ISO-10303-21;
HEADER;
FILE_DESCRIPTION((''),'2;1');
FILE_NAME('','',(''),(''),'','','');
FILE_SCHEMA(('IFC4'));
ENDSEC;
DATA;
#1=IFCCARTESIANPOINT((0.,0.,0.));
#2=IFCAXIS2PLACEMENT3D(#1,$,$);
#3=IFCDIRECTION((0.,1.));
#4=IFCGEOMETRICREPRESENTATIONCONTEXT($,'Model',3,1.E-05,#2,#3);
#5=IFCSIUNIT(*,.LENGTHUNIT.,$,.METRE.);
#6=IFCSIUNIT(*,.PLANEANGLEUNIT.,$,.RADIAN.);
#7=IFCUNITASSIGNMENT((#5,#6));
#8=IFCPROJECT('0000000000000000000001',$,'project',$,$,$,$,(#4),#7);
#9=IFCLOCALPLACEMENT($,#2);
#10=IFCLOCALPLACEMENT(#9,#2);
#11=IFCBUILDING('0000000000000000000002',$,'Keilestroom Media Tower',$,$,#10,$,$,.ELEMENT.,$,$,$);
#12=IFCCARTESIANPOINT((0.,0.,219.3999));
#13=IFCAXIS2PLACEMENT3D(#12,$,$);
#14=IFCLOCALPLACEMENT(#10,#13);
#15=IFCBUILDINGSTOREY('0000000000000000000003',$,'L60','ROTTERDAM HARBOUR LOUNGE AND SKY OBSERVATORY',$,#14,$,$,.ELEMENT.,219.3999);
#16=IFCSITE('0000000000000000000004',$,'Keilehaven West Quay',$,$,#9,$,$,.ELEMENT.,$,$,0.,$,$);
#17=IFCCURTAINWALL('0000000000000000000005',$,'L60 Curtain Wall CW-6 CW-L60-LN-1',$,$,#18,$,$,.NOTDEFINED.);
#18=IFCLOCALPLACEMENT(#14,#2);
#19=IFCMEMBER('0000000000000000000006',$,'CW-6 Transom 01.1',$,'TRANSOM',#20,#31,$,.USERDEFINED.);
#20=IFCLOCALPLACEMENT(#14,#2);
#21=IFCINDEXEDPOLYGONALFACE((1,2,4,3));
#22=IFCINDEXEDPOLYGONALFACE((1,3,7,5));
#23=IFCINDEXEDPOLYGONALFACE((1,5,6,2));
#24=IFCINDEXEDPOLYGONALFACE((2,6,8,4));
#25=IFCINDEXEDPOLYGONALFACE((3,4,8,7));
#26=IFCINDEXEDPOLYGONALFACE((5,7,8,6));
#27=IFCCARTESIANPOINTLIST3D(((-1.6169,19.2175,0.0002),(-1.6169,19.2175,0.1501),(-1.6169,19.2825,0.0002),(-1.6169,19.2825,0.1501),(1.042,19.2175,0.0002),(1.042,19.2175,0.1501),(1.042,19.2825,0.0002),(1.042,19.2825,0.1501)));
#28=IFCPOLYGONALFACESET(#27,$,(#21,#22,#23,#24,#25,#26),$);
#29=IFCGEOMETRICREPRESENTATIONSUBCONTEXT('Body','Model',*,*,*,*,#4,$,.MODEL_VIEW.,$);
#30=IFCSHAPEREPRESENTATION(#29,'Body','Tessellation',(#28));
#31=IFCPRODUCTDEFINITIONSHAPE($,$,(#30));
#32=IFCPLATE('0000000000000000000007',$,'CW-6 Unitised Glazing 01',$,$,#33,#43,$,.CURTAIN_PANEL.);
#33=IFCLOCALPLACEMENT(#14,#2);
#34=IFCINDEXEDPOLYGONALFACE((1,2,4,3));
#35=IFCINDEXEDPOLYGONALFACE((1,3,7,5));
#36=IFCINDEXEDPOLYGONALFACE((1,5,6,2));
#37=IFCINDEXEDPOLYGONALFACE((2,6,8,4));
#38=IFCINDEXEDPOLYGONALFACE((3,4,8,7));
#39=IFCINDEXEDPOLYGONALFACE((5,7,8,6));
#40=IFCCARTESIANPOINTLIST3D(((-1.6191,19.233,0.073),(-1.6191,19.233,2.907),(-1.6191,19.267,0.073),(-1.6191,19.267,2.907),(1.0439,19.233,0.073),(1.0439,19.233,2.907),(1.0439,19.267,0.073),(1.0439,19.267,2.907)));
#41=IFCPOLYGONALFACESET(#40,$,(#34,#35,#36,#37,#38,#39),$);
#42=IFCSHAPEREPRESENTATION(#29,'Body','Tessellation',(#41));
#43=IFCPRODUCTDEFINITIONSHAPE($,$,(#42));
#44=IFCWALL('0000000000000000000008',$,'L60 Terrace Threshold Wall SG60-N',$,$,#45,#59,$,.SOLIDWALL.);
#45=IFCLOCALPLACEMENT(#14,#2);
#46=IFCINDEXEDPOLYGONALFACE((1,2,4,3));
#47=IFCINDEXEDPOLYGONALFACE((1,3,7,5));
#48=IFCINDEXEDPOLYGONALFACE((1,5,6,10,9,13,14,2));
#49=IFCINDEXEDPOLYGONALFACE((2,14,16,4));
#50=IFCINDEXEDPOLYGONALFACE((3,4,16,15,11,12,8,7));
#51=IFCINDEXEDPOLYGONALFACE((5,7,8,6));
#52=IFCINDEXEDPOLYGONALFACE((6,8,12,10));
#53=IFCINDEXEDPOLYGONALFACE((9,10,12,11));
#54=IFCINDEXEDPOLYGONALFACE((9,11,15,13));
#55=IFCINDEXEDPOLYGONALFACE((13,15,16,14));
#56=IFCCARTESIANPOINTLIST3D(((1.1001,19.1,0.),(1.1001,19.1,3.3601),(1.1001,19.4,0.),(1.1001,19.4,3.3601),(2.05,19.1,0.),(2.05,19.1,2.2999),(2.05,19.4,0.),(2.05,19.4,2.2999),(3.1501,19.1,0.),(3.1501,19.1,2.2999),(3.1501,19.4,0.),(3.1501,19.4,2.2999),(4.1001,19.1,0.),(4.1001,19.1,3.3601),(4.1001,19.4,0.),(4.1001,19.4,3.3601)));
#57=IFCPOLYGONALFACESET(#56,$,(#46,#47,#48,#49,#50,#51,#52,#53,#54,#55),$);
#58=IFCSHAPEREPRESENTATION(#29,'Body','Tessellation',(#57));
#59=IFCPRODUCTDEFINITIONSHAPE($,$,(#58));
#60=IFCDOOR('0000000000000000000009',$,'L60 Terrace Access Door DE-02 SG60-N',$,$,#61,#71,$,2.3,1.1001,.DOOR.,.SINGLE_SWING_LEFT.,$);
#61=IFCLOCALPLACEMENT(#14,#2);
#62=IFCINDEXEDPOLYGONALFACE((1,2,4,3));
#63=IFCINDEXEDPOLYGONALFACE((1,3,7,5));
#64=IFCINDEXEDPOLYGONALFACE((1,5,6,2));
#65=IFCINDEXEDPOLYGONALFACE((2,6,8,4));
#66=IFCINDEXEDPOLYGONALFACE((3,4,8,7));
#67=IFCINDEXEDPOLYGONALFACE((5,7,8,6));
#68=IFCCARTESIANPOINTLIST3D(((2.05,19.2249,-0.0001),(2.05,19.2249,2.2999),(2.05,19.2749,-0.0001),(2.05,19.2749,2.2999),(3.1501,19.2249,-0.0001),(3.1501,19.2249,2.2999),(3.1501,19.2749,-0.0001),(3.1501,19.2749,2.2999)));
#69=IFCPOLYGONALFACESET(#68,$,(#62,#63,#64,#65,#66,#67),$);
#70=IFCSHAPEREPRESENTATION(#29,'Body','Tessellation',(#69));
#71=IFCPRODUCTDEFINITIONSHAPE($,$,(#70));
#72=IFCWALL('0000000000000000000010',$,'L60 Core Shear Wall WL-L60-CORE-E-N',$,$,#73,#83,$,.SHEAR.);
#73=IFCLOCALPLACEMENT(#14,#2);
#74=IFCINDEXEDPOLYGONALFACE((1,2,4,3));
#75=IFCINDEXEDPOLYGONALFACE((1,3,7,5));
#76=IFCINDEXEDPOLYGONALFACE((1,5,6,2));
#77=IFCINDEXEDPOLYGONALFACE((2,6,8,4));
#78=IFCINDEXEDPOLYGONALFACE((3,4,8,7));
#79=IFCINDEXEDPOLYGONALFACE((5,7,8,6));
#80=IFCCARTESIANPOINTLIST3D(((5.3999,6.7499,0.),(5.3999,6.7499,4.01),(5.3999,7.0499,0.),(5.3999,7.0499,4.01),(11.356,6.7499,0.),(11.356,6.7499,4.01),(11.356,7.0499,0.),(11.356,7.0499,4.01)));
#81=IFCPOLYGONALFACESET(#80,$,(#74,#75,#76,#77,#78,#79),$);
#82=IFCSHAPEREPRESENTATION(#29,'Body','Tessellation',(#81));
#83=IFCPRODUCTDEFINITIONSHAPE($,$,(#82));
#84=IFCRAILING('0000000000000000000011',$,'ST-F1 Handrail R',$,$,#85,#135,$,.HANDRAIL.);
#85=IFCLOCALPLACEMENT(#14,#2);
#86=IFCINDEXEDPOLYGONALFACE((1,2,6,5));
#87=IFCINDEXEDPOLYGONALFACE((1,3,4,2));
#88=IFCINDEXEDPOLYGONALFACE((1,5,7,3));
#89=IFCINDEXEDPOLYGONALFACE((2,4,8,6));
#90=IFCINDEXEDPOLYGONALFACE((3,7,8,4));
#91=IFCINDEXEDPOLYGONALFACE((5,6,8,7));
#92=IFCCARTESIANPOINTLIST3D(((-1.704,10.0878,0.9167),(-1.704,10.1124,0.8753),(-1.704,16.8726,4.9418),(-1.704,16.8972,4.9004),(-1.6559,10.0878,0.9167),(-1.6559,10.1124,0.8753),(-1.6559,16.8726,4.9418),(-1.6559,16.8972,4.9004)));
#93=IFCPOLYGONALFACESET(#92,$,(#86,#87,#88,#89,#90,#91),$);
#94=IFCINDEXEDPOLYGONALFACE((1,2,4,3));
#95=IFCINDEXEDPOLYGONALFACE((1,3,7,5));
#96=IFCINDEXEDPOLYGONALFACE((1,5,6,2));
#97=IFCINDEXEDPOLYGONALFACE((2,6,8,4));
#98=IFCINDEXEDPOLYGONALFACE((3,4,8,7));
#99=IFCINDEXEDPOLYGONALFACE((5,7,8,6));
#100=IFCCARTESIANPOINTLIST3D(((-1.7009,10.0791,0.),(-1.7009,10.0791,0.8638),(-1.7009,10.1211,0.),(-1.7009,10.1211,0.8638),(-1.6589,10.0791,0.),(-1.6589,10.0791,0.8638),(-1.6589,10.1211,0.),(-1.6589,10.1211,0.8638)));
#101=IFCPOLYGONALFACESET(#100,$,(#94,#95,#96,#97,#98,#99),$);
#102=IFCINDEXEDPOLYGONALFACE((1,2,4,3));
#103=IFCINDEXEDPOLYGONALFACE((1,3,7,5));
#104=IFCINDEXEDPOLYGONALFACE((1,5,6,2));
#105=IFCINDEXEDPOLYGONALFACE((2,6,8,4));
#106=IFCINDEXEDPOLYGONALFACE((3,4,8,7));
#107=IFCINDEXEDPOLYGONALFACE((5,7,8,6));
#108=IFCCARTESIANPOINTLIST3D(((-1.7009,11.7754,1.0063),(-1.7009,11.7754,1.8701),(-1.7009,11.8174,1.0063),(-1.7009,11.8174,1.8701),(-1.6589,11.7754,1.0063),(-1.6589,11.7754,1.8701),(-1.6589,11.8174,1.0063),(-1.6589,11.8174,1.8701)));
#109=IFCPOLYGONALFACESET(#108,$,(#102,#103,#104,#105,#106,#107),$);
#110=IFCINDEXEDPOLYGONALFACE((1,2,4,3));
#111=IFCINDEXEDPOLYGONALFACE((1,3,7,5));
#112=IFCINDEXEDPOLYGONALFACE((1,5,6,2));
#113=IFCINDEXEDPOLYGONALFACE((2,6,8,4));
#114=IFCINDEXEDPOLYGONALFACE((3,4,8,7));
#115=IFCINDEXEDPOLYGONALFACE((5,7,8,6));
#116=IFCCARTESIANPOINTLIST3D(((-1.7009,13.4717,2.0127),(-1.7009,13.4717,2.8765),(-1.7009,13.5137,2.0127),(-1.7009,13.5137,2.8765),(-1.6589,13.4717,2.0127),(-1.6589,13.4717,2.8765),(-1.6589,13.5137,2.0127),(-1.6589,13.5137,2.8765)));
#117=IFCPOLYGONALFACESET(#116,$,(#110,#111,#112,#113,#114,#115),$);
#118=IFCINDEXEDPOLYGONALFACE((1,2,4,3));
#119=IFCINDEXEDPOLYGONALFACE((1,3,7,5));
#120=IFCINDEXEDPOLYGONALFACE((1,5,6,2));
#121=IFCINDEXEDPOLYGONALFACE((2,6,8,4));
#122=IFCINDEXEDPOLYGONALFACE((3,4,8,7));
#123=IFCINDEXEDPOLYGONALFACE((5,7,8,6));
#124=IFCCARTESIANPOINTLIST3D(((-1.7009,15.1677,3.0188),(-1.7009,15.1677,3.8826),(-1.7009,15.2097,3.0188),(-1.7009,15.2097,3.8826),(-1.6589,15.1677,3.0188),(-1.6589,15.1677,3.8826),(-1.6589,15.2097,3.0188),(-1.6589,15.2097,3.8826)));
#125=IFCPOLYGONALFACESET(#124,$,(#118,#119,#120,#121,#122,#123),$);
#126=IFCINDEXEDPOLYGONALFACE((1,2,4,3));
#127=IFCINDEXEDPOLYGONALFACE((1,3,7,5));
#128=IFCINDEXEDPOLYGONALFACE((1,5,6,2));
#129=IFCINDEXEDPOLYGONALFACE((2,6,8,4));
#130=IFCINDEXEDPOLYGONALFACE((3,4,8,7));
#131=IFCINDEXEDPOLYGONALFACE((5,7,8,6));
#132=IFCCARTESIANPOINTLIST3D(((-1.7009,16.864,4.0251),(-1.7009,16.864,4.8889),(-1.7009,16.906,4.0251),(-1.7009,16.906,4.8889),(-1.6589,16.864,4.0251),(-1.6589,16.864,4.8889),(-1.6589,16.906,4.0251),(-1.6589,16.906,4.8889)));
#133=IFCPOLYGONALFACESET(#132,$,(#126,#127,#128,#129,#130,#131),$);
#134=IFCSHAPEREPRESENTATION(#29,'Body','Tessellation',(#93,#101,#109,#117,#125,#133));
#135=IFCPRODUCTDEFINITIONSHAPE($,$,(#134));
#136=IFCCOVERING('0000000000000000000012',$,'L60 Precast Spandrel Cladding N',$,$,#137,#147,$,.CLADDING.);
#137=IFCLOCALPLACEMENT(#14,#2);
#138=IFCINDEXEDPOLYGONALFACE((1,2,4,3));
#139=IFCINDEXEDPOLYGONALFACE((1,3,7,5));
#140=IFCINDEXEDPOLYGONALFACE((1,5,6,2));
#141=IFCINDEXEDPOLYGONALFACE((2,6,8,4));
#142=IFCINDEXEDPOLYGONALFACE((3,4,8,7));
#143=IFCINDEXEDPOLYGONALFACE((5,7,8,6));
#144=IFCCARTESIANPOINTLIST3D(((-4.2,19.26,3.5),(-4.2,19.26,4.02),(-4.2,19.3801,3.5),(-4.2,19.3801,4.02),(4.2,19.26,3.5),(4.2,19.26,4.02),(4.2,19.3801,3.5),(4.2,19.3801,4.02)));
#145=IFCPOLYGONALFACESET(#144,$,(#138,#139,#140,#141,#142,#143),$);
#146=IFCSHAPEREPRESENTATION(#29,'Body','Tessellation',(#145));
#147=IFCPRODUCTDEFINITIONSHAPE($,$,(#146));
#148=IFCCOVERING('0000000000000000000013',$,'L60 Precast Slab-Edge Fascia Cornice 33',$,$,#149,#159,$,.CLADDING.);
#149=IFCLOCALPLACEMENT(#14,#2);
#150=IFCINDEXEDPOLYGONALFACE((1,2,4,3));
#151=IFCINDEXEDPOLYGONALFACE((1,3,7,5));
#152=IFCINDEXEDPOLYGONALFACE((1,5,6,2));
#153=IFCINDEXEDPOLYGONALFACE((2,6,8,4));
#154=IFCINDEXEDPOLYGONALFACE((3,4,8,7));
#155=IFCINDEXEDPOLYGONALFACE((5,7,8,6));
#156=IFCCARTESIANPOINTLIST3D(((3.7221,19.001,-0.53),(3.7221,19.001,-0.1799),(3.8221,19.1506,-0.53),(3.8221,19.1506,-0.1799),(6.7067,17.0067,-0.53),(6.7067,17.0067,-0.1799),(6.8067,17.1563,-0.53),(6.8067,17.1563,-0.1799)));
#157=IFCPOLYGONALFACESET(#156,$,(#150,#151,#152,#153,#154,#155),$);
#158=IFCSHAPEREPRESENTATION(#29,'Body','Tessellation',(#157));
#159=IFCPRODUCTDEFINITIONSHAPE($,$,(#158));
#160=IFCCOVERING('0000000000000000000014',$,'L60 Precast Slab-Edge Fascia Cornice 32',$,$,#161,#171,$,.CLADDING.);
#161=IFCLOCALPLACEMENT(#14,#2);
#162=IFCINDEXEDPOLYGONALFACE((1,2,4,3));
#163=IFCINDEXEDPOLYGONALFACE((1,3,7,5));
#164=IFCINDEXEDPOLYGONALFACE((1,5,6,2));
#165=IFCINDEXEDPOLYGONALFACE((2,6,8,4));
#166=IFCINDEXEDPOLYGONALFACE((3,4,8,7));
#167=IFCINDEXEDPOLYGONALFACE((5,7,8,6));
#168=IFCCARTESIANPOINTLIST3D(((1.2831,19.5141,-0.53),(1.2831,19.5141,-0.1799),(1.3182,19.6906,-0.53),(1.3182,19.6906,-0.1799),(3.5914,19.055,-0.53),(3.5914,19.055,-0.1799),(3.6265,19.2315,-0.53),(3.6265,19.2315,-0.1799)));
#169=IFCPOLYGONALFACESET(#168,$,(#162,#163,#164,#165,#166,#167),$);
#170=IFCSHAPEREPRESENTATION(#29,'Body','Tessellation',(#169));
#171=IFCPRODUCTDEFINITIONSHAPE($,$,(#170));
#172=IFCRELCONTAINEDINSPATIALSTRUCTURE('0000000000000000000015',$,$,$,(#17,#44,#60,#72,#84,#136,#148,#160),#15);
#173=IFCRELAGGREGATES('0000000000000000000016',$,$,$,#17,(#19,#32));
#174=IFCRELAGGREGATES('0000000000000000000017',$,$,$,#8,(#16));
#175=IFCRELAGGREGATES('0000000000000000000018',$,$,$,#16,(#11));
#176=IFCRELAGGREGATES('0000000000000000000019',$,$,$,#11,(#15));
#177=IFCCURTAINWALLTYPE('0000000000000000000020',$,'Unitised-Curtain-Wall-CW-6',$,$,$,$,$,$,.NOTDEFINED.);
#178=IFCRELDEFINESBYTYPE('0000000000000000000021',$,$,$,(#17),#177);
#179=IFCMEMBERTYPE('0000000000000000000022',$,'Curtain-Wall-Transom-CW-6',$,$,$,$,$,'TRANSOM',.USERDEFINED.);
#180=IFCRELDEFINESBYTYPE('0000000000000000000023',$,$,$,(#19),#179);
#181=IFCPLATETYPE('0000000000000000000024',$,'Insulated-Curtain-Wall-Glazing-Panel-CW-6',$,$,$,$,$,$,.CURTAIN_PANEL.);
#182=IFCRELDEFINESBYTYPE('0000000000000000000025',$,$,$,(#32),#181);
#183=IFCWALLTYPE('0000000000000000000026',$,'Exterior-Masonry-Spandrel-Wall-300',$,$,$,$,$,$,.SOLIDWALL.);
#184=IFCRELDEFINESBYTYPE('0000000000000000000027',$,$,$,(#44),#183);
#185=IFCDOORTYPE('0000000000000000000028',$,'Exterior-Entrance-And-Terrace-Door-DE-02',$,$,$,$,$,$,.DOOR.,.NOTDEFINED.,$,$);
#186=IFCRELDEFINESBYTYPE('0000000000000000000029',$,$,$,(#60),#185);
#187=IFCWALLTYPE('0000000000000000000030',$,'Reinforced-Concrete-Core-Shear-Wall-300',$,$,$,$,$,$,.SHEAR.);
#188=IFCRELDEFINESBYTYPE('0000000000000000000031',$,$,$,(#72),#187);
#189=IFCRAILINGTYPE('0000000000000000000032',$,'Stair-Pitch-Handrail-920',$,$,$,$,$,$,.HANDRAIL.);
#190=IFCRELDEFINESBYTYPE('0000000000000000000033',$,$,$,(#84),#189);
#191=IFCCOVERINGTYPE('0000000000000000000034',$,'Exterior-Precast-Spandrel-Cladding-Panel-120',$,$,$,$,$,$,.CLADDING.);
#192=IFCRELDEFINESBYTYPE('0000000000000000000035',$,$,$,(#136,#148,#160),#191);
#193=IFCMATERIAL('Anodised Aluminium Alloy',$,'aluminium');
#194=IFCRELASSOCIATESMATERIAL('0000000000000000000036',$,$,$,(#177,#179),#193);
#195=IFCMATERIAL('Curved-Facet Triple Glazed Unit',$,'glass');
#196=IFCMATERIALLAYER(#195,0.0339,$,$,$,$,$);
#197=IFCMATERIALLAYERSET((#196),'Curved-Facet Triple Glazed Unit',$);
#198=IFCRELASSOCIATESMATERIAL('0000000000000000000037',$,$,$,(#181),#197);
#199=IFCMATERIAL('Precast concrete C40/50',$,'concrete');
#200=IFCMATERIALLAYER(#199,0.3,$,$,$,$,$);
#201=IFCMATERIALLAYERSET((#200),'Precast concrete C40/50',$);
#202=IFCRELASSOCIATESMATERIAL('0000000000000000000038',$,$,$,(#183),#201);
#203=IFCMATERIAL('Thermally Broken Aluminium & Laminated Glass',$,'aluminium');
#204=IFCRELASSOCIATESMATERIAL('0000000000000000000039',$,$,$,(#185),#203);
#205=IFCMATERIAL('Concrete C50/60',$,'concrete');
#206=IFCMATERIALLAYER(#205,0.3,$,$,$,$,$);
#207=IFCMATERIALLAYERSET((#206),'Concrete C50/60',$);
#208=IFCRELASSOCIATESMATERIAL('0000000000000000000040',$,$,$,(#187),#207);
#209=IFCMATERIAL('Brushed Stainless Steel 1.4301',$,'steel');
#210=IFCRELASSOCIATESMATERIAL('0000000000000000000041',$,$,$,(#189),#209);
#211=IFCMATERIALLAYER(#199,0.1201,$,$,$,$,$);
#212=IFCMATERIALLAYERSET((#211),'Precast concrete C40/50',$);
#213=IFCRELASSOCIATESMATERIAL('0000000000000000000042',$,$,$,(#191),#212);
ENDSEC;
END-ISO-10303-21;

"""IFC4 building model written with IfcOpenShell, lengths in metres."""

from ifc_helpers import new_model, si_unit, direction, frame, frame_2d, origin, origin_2d, place, context, subcontext, project, spatial, rectangle, extrude, source, transform, mapped, material, layer, layer_set, material_profile, profile_set, type_object, element, fill, aggregate, save


model = new_model("IFC4")

# Units and contexts
model_context = context("Model", 3, precision=1e-05, world=origin(), true_north=direction((0.0, 1.0)))
body_context = subcontext(model_context, "Body", "Model", "MODEL_VIEW")
ifc_project = project(units=[si_unit("LENGTHUNIT", "METRE"), si_unit("PLANEANGLEUNIT", "RADIAN")], contexts=[model_context])

# Site, building, storey
site_placement = place(None, origin())
site = spatial("IfcSite", under=ifc_project, at=site_placement, Name="Keilehaven West Quay", CompositionType="ELEMENT", RefElevation=0.0)
building_placement = place(site_placement, origin())
building = spatial("IfcBuilding", under=site, at=building_placement, Name="Keilestroom Media Tower", CompositionType="ELEMENT")
storey_placement = place(building_placement, frame((0.0, 0.0, 219.3999)))
storey = spatial("IfcBuildingStorey", under=building, at=storey_placement, Name="L60", Description="ROTTERDAM HARBOUR LOUNGE AND SKY OBSERVATORY", CompositionType="ELEMENT", Elevation=219.3999)

# Shared definitions
ifc_material_1 = material(Name="Concrete C50/60", Category="concrete")

# Curtain wall, member, plate
ifc_material_2 = material(Name="Anodised Aluminium Alloy", Category="aluminium")
curtain_wall_type = type_object("IfcCurtainWallType", Name="Unitised-Curtain-Wall-CW-6", PredefinedType="NOTDEFINED", material=ifc_material_2)
curtain_wall_placement = place(storey_placement, origin())
curtain_wall = element("IfcCurtainWall", 1, at=curtain_wall_placement, inside=storey, type_object=curtain_wall_type, Name="L60 Curtain Wall CW-6 CW-L60-LN-1", PredefinedType="NOTDEFINED")
ifc_material_profile_1 = material_profile(ifc_material_2, rectangle(XDim=0.0649, YDim=0.1499, at=origin_2d()), Name="ALU TRANSOM 65x150")
ifc_profile_set_1 = profile_set([ifc_material_profile_1], Name="Anodised Aluminium Alloy")
member_type_1 = type_object("IfcMemberType", Name="Curtain-Wall-Transom-CW-6", ElementType="TRANSOM", PredefinedType="USERDEFINED", material=ifc_profile_set_1)
shared_shape_1 = source(origin(), body_context, "Body", "SweptSolid", [
    extrude(rectangle(XDim=0.0649, YDim=0.1499, at=origin_2d()), origin(), (0.0, 0.0, 1.0), 2.6589),
])
member_1_placement = place(storey_placement, frame((-1.6169, 19.25, 0.0752), z_axis=(1.0, 0.0, 0.0), x_axis=(0.0, 1.0, 0.0)))
member_1 = element("IfcMember", 2, at=member_1_placement, type_object=member_type_1, Name="CW-6 Transom 01.1", ObjectType="TRANSOM", PredefinedType="USERDEFINED", context=body_context, shape_type="MappedRepresentation", body=[
    mapped(shared_shape_1, transform((0.0, 0.0, 0.0), x_axis=(1.0, 0.0, 0.0), y_axis=(0.0, 1.0, 0.0), z_axis=(0.0, 0.0, 1.0), scale=1.0)),
])
ifc_material_3 = material(Name="Curved-Facet Triple Glazed Unit", Category="glass")
ifc_layer_1 = layer(ifc_material_3, 0.0339)
ifc_layer_set_1 = layer_set([ifc_layer_1], Name="Curved-Facet Triple Glazed Unit")
plate_type = type_object("IfcPlateType", Name="Insulated-Curtain-Wall-Glazing-Panel-CW-6", PredefinedType="CURTAIN_PANEL", material=ifc_layer_set_1)
shared_shape_2 = source(origin(), body_context, "Body", "SweptSolid", [
    extrude(rectangle(XDim=2.6631, YDim=0.0339, at=origin_2d()), origin(), (0.0, 0.0, 1.0), 2.834),
])
plate_placement = place(storey_placement, frame((-0.2876, 19.25, 0.073), z_axis=(0.0, 0.0, 1.0), x_axis=(1.0, 0.0, 0.0)))
plate = element("IfcPlate", 3, at=plate_placement, type_object=plate_type, Name="CW-6 Unitised Glazing 01", PredefinedType="CURTAIN_PANEL", context=body_context, shape_type="MappedRepresentation", body=[
    mapped(shared_shape_2, transform((0.0, 0.0, 0.0), x_axis=(1.0, 0.0, 0.0), y_axis=(0.0, 1.0, 0.0), z_axis=(0.0, 0.0, 1.0), scale=1.0)),
])
aggregate(curtain_wall, [member_1, plate])

# Wall, opening, door
ifc_material_4 = material(Name="Precast concrete C40/50", Category="concrete")
ifc_layer_2 = layer(ifc_material_4, 0.3)
ifc_layer_set_2 = layer_set([ifc_layer_2], Name="Precast concrete C40/50")
wall_type_1 = type_object("IfcWallType", Name="Exterior-Masonry-Spandrel-Wall-300", PredefinedType="SOLIDWALL", material=ifc_layer_set_2)
wall_1_placement = place(storey_placement, frame((1.1001, 19.25, 0.0), z_axis=(0.0, 0.0, 1.0), x_axis=(1.0, 0.0, 0.0)))
wall_1 = element("IfcWall", 4, at=wall_1_placement, inside=storey, type_object=wall_type_1, Name="L60 Terrace Threshold Wall SG60-N", PredefinedType="SOLIDWALL", context=body_context, shape_type="SweptSolid", body=[
    extrude(rectangle(XDim=3.0, YDim=0.3, at=frame_2d((1.5, 0.0))), origin(), (0.0, 0.0, 1.0), 3.3601),
])
opening_placement = place(wall_1_placement, frame((0.95, 0.0, 0.0)))
opening = element("IfcOpeningElement", 5, at=opening_placement, cuts=wall_1, PredefinedType="OPENING", context=body_context, shape_type="SweptSolid", body=[
    extrude(rectangle(XDim=1.1001, YDim=2.3, at=frame_2d((0.55, 1.1499))), frame((0.0, 0.1602, 0.0), z_axis=(0.0, -1.0, 0.0), x_axis=(1.0, 0.0, 0.0)), (0.0, 0.0, 1.0), 0.3201),
])
ifc_material_5 = material(Name="Thermally Broken Aluminium & Laminated Glass", Category="aluminium")
door_type = type_object("IfcDoorType", Name="Exterior-Entrance-And-Terrace-Door-DE-02", OperationType="NOTDEFINED", PredefinedType="DOOR", material=ifc_material_5)
shared_shape_3 = source(origin(), body_context, "Body", "SweptSolid", [
    extrude(rectangle(XDim=1.1001, YDim=2.3, at=frame_2d((0.55, 1.1499))), frame((0.0, 0.0249, 0.0), z_axis=(0.0, -1.0, 0.0), x_axis=(1.0, 0.0, 0.0)), (0.0, 0.0, 1.0), 0.05),
])
door_placement = place(opening_placement, origin())
door = element("IfcDoor", 6, at=door_placement, inside=storey, type_object=door_type, Name="L60 Terrace Access Door DE-02 SG60-N", OperationType="SINGLE_SWING_LEFT", OverallHeight=2.3, OverallWidth=1.1001, PredefinedType="DOOR", context=body_context, shape_type="MappedRepresentation", body=[
    mapped(shared_shape_3, transform((0.0, 0.0, 0.0), x_axis=(1.0, 0.0, 0.0), y_axis=(0.0, 1.0, 0.0), z_axis=(0.0, 0.0, 1.0), scale=1.0)),
])
fill(opening, door)

# Wall
ifc_layer_3 = layer(ifc_material_1, 0.3)
ifc_layer_set_3 = layer_set([ifc_layer_3], Name="Concrete C50/60")
wall_type_2 = type_object("IfcWallType", Name="Reinforced-Concrete-Core-Shear-Wall-300", PredefinedType="SHEAR", material=ifc_layer_set_3)
wall_2_placement = place(storey_placement, frame((5.3999, 6.8999, 0.0), z_axis=(0.0, 0.0, 1.0), x_axis=(1.0, 0.0, 0.0)))
element("IfcWall", 7, at=wall_2_placement, inside=storey, type_object=wall_type_2, Name="L60 Core Shear Wall WL-L60-CORE-E-N", PredefinedType="SHEAR", context=body_context, shape_type="SweptSolid", body=[
    extrude(rectangle(XDim=5.9561, YDim=0.3, at=frame_2d((2.978, 0.0))), origin(), (0.0, 0.0, 1.0), 4.01),
])

# Railing
ifc_material_6 = material(Name="Brushed Stainless Steel 1.4301", Category="steel")
railing_type = type_object("IfcRailingType", Name="Stair-Pitch-Handrail-920", PredefinedType="HANDRAIL", material=ifc_material_6)
railing_placement = place(storey_placement, frame((-1.6799, 10.1001, 0.0)))
element("IfcRailing", 8, at=railing_placement, inside=storey, type_object=railing_type, Name="ST-F1 Handrail R", PredefinedType="HANDRAIL", context=body_context, shape_type="SweptSolid", body=[
    extrude(rectangle(XDim=0.0481, YDim=0.0481, at=origin_2d()), frame((0.0, 0.0, 0.896), z_axis=(0.0, 0.860044, 0.510221), x_axis=(-1.0, 0.0, 0.0)), (0.0, 0.0, 1.0), 7.8889),
    extrude(rectangle(XDim=0.042, YDim=0.042, at=origin_2d()), origin(), (0.0, 0.0, 1.0), 0.8638),
    extrude(rectangle(XDim=0.042, YDim=0.042, at=origin_2d()), frame((0.0, 1.6963, 1.0063)), (0.0, 0.0, 1.0), 0.8638),
    extrude(rectangle(XDim=0.042, YDim=0.042, at=origin_2d()), frame((0.0, 3.3926, 2.0127)), (0.0, 0.0, 1.0), 0.8638),
    extrude(rectangle(XDim=0.042, YDim=0.042, at=origin_2d()), frame((0.0, 5.0886, 3.0188)), (0.0, 0.0, 1.0), 0.8638),
    extrude(rectangle(XDim=0.042, YDim=0.042, at=origin_2d()), frame((0.0, 6.7849, 4.0251)), (0.0, 0.0, 1.0), 0.8638),
])

# Coverings
ifc_layer_4 = layer(ifc_material_4, 0.1201)
ifc_layer_set_4 = layer_set([ifc_layer_4], Name="Precast concrete C40/50")
covering_type = type_object("IfcCoveringType", Name="Exterior-Precast-Spandrel-Cladding-Panel-120", PredefinedType="CLADDING", material=ifc_layer_set_4)
shared_shape_4 = source(origin(), body_context, "Body", "SweptSolid", [
    extrude(rectangle(XDim=8.3999, YDim=0.1201, at=origin_2d()), origin(), (0.0, 0.0, 1.0), 0.52),
])
covering_1_placement = place(storey_placement, frame((0.0, 19.3201, 3.5), z_axis=(0.0, 0.0, 1.0), x_axis=(1.0, 0.0, 0.0)))
element("IfcCovering", 9, at=covering_1_placement, inside=storey, type_object=covering_type, Name="L60 Precast Spandrel Cladding N", PredefinedType="CLADDING", context=body_context, shape_type="MappedRepresentation", body=[
    mapped(shared_shape_4, transform((0.0, 0.0, 0.0), x_axis=(1.0, 0.0, 0.0), y_axis=(0.0, 1.0, 0.0), z_axis=(0.0, 0.0, 1.0), scale=1.0)),
])
shared_shape_5 = source(origin(), body_context, "Body", "SweptSolid", [
    extrude(rectangle(XDim=3.5896, YDim=0.1799, at=origin_2d()), origin(), (0.0, 0.0, 1.0), 0.3501),
])
covering_2_placement = place(storey_placement, frame((5.2644, 18.0786, -0.53), z_axis=(0.0, 0.0, 1.0), x_axis=(0.831467, -0.555575, 0.0)))
element("IfcCovering", 10, at=covering_2_placement, inside=storey, type_object=covering_type, Name="L60 Precast Slab-Edge Fascia Cornice 33", PredefinedType="CLADDING", context=body_context, shape_type="MappedRepresentation", body=[
    mapped(shared_shape_5, transform((0.0, 0.0, 0.0), x_axis=(1.0, 0.0, 0.0), y_axis=(0.0, 1.0, 0.0), z_axis=(0.0, 0.0, 1.0), scale=1.0)),
])
shared_shape_6 = source(origin(), body_context, "Body", "SweptSolid", [
    extrude(rectangle(XDim=2.3535, YDim=0.1799, at=origin_2d()), origin(), (0.0, 0.0, 1.0), 0.3501),
])
covering_3_placement = place(storey_placement, frame((2.4548, 19.3728, -0.53), z_axis=(0.0, 0.0, 1.0), x_axis=(0.980784, -0.195099, 0.0)))
element("IfcCovering", 11, at=covering_3_placement, inside=storey, type_object=covering_type, Name="L60 Precast Slab-Edge Fascia Cornice 32", PredefinedType="CLADDING", context=body_context, shape_type="MappedRepresentation", body=[
    mapped(shared_shape_6, transform((0.0, 0.0, 0.0), x_axis=(1.0, 0.0, 0.0), y_axis=(0.0, 1.0, 0.0), z_axis=(0.0, 0.0, 1.0), scale=1.0)),
])

save(model, "model.ifc")
